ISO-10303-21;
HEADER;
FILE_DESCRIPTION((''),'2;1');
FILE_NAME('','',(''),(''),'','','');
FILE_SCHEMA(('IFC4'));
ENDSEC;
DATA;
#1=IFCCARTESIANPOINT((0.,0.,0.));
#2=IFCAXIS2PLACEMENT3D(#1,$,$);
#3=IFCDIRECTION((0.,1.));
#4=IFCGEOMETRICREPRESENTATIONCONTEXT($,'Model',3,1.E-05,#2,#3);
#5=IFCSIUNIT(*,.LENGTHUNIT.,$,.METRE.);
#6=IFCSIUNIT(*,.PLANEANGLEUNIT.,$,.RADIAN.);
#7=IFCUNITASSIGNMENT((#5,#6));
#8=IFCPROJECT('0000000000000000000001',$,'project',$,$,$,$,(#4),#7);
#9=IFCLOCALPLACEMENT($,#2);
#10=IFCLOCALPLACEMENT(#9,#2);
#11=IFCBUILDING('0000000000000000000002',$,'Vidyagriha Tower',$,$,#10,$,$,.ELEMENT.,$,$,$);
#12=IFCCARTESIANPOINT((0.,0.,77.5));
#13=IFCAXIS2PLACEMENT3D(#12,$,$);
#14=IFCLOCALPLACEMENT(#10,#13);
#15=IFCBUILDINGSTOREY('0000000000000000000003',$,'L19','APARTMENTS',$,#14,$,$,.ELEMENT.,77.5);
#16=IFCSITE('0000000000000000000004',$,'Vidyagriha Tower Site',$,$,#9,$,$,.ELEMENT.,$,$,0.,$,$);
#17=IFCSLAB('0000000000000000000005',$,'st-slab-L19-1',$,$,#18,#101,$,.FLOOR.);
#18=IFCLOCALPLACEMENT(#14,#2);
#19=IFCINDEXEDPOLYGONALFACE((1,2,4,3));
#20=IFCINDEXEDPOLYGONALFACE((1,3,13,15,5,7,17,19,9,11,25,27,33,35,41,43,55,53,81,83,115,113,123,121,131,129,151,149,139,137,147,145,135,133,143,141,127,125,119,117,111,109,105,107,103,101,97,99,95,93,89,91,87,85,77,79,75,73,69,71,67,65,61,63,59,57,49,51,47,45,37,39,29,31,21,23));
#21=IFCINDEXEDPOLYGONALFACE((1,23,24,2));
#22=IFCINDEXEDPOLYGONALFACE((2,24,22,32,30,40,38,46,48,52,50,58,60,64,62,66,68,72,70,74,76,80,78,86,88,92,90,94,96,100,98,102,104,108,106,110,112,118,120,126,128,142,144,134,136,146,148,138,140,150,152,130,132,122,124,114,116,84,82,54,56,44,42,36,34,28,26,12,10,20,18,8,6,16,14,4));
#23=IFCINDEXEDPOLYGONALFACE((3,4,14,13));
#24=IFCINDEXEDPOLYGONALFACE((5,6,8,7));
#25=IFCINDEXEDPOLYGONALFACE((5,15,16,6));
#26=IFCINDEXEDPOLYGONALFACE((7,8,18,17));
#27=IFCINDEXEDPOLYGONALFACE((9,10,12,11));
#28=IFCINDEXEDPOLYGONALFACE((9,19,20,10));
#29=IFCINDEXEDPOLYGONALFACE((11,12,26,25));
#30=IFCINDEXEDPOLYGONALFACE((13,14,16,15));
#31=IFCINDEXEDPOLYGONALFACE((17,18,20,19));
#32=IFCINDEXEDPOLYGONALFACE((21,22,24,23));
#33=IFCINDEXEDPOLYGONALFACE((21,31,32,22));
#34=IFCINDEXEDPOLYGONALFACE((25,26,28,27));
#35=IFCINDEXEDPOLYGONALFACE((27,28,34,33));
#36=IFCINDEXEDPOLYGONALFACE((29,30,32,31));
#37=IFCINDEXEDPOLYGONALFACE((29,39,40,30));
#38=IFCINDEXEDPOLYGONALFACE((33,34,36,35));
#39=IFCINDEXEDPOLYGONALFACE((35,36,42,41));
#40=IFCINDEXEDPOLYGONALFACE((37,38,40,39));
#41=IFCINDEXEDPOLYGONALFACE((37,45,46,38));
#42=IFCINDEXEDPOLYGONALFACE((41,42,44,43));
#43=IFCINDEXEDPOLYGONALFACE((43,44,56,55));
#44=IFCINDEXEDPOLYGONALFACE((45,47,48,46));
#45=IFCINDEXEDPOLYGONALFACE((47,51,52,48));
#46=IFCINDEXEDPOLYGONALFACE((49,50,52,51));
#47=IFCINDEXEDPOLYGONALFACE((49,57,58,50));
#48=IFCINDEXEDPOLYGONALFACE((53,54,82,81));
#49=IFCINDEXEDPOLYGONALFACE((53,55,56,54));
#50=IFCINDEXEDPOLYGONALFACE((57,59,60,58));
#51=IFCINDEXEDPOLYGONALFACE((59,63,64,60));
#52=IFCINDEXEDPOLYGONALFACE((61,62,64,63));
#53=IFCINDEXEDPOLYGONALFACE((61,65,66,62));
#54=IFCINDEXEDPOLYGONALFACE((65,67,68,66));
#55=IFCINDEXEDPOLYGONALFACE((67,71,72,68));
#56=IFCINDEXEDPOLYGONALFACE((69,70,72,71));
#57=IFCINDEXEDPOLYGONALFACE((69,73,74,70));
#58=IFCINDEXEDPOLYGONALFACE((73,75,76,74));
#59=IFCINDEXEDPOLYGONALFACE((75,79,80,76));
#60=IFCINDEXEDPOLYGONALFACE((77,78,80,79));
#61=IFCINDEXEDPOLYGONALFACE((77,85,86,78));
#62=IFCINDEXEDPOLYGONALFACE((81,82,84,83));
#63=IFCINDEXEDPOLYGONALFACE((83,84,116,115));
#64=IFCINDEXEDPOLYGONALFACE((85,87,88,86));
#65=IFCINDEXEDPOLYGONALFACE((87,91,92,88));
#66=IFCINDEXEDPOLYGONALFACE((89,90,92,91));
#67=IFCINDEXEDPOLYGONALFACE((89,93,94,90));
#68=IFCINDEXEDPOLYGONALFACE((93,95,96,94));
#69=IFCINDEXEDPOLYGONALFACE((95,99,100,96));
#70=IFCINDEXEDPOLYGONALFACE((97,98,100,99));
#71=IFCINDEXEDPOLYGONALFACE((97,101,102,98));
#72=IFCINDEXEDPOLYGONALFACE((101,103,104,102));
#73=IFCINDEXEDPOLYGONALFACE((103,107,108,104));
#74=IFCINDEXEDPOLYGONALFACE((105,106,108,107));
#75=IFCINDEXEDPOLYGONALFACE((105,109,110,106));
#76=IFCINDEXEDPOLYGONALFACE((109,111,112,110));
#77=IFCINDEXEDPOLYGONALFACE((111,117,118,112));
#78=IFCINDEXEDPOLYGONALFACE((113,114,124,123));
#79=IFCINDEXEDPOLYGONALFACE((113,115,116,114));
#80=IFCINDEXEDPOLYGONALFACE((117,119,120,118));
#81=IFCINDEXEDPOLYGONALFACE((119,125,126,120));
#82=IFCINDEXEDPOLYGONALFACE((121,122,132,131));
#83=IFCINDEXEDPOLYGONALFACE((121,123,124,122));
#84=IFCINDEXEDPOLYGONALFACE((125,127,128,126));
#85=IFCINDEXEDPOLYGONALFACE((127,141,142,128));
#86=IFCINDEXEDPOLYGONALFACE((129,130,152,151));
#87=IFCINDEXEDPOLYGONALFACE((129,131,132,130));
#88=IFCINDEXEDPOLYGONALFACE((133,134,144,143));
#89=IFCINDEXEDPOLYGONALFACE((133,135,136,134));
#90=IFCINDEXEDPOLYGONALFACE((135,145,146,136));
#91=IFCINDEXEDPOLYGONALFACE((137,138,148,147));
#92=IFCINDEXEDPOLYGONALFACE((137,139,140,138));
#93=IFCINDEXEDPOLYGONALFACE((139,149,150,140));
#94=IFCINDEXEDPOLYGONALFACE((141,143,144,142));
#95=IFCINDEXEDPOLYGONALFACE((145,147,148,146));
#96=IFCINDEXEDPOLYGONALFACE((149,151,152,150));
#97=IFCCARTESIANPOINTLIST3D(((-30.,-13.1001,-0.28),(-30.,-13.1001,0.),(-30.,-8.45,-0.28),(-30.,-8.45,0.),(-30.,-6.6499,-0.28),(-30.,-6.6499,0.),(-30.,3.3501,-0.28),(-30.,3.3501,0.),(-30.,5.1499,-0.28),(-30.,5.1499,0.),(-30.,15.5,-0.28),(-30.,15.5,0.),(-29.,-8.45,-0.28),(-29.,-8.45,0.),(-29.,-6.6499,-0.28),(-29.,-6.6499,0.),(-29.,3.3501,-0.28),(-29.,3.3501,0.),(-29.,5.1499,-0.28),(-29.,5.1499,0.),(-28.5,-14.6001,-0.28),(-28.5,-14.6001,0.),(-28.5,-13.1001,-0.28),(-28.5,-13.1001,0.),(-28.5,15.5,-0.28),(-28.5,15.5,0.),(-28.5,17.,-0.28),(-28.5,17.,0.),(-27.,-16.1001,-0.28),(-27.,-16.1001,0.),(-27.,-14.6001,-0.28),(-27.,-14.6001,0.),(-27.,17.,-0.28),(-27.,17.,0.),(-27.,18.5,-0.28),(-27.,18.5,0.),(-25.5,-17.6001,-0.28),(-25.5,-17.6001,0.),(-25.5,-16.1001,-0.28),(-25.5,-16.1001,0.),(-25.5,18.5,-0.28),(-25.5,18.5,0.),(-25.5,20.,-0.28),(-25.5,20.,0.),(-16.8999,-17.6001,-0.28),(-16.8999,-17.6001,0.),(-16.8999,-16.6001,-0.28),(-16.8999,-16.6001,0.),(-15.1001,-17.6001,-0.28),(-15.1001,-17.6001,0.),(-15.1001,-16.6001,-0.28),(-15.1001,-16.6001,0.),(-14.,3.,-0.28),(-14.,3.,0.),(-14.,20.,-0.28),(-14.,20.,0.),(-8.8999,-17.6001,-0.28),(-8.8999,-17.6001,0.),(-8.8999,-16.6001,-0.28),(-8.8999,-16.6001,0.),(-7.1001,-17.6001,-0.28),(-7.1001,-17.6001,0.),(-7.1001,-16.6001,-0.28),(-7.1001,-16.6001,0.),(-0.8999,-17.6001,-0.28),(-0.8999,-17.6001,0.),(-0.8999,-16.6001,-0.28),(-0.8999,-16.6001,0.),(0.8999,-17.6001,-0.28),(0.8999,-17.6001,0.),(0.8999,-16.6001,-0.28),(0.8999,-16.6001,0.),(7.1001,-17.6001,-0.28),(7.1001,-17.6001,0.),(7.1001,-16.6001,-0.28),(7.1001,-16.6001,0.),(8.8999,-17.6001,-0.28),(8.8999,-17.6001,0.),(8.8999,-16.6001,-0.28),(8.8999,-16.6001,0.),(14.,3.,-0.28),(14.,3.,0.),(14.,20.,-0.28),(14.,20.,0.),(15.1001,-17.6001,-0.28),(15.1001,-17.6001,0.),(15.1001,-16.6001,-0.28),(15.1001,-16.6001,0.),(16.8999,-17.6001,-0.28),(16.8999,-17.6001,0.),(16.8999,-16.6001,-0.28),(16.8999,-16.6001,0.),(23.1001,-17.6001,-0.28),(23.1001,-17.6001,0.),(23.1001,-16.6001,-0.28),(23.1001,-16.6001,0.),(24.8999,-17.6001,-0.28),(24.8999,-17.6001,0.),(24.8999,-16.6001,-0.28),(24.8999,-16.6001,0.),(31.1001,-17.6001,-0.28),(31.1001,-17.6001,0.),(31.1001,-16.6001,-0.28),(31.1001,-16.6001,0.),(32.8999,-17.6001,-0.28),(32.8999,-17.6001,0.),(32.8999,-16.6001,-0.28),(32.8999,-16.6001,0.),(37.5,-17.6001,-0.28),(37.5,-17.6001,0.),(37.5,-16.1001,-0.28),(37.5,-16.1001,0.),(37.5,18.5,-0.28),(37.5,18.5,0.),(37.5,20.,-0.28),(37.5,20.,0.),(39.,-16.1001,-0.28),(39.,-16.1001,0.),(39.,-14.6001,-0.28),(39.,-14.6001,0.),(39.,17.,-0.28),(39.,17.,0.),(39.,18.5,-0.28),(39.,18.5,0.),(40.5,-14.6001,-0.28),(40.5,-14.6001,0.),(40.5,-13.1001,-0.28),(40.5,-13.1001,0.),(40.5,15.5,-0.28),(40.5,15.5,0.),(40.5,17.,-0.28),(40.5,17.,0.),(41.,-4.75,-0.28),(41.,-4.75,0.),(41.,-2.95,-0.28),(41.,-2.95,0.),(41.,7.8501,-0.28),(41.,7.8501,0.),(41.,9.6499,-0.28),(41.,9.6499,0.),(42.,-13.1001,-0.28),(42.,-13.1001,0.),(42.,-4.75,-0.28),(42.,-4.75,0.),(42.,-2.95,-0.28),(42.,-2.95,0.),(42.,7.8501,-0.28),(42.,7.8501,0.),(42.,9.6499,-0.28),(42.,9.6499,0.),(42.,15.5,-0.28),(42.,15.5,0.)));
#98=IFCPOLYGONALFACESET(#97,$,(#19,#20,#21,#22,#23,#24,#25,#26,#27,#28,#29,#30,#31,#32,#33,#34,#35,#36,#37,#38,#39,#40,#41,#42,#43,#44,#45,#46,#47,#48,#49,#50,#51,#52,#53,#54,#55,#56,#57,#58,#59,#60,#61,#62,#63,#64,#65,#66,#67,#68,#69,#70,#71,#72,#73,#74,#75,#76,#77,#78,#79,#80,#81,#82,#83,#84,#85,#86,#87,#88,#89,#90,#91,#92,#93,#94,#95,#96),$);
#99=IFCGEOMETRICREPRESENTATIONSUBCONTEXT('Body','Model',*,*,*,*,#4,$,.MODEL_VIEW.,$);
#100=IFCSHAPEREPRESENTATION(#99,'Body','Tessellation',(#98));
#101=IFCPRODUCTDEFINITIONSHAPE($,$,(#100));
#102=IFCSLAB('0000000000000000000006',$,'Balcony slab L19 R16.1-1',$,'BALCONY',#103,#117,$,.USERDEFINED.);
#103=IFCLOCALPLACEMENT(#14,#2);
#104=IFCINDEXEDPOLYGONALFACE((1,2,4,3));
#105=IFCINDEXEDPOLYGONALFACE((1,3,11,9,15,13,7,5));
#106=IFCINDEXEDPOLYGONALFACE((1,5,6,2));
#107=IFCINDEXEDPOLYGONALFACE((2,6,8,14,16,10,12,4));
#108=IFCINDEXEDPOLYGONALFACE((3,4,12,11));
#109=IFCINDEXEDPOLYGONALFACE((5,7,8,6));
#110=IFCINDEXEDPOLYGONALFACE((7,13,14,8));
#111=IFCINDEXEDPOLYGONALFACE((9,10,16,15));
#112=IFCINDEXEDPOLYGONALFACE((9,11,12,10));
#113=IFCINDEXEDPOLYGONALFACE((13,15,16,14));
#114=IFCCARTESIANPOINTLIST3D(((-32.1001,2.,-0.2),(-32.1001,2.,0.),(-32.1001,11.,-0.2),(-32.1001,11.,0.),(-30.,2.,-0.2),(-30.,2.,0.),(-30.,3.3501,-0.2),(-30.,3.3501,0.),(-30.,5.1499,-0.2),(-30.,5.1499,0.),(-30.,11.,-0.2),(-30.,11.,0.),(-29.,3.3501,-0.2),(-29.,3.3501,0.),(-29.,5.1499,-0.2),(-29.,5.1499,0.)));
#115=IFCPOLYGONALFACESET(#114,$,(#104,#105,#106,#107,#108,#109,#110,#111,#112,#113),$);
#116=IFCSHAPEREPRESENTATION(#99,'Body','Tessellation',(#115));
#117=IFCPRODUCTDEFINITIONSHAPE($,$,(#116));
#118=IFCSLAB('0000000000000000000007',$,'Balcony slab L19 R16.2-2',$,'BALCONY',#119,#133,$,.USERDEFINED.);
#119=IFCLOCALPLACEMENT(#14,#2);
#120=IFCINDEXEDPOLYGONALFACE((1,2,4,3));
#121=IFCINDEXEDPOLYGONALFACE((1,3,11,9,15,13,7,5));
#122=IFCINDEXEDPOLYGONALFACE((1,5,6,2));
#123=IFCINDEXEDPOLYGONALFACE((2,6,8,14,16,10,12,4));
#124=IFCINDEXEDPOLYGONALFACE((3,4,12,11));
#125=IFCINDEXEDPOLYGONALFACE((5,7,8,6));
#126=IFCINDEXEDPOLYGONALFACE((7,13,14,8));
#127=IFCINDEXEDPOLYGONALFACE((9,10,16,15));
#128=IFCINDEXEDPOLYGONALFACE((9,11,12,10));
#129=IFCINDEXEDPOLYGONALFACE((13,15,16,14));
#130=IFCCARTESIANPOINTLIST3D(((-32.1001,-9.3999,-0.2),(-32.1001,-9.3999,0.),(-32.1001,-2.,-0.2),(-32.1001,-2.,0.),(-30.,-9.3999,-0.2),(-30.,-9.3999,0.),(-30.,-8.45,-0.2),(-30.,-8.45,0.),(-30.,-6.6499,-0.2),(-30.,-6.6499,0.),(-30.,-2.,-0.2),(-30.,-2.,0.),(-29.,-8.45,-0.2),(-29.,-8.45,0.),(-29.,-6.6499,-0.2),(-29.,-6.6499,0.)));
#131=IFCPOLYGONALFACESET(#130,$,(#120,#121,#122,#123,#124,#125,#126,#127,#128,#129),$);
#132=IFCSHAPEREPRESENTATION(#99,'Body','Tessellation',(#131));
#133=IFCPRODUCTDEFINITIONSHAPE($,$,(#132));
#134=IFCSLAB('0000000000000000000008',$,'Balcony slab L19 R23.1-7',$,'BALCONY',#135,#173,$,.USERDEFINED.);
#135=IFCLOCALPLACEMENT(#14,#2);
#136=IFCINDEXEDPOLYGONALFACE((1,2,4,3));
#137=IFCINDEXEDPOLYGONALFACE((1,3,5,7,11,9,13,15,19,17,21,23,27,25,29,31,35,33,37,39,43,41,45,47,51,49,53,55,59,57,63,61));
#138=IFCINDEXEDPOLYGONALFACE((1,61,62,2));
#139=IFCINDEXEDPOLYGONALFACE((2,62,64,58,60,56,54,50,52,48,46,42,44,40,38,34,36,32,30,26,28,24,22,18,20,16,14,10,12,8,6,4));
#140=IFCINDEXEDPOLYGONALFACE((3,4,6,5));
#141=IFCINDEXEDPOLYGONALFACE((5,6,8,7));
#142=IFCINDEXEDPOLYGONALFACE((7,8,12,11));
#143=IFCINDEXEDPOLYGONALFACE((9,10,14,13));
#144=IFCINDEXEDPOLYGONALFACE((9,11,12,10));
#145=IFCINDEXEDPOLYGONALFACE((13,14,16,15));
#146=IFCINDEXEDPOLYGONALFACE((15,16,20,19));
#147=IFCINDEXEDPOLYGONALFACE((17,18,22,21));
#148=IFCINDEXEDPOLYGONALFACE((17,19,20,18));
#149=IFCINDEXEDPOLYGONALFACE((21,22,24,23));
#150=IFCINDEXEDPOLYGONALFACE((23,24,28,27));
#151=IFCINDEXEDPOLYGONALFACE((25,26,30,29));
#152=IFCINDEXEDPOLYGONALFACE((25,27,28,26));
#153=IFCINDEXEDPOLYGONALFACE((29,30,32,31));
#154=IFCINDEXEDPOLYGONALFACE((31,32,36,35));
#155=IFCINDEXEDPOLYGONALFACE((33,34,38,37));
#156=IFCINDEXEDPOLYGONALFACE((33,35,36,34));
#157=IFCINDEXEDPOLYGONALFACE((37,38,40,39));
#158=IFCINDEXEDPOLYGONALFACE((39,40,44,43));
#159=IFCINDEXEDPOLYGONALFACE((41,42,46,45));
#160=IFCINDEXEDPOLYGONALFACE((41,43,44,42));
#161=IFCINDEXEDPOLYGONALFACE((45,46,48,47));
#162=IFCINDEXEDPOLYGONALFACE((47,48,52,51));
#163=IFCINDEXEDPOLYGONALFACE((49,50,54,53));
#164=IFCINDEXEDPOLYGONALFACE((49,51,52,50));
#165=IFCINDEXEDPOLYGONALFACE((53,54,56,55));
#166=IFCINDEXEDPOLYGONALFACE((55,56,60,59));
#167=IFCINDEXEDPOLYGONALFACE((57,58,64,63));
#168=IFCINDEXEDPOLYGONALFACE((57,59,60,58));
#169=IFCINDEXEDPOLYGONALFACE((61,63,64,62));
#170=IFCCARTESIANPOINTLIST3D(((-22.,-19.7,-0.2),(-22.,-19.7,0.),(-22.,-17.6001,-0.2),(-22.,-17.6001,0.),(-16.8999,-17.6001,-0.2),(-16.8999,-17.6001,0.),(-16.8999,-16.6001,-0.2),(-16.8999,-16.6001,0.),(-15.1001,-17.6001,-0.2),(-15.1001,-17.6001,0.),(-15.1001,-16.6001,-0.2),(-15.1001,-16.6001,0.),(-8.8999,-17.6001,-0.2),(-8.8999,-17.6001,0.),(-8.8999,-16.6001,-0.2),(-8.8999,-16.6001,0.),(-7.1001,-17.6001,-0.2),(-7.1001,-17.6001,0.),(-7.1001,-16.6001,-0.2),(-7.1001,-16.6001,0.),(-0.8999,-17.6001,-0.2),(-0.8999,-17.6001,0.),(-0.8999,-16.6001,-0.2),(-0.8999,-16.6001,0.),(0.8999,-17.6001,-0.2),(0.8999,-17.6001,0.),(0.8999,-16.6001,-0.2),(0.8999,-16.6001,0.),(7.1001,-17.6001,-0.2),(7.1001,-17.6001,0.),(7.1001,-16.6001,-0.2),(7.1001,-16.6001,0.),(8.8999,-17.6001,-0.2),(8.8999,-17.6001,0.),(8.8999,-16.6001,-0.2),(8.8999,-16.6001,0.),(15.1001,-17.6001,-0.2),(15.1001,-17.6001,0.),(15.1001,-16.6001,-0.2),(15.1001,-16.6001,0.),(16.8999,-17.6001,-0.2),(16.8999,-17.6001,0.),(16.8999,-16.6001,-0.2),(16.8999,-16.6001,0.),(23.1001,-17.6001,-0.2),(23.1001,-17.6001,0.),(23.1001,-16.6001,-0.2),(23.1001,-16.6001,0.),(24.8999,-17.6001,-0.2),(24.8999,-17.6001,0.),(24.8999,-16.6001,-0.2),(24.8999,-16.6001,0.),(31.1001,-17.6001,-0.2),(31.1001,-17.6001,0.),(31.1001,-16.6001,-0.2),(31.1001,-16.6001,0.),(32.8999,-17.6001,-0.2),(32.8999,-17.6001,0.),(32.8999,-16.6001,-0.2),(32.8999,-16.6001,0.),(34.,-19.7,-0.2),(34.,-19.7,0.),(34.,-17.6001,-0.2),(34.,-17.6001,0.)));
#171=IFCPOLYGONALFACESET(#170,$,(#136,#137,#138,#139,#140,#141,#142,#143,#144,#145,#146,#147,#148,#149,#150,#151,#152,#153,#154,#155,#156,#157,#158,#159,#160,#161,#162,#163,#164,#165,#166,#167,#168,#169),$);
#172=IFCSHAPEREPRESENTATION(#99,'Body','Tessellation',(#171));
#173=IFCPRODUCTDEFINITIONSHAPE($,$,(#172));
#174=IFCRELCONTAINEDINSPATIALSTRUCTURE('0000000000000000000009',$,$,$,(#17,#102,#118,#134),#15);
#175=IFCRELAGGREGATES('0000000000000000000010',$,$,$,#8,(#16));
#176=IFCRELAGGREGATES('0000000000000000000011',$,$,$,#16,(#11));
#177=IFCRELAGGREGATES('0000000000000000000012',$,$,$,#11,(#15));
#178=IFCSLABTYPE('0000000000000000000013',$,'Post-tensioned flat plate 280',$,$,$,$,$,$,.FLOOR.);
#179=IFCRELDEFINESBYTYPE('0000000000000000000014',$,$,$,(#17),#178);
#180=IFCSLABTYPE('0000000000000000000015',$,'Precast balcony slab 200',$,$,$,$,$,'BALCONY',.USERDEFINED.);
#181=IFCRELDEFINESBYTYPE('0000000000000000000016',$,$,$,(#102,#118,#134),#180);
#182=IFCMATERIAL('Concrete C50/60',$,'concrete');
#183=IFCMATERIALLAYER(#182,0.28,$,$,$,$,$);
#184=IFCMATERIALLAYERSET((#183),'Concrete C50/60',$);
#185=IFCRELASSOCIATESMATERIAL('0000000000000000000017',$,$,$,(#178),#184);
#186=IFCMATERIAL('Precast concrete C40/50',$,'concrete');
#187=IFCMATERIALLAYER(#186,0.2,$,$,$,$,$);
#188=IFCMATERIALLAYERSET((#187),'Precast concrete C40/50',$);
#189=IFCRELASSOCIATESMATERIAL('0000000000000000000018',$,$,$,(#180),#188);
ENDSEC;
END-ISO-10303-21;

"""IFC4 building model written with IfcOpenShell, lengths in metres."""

from ifc_helpers import new_model, si_unit, direction, frame, origin, place, context, subcontext, project, spatial, polyline, outline, extrude, material, layer, layer_set, type_object, element, save


model = new_model("IFC4")

# Units and contexts
model_context = context("Model", 3, precision=1e-05, world=origin(), true_north=direction((0.0, 1.0)))
body_context = subcontext(model_context, "Body", "Model", "MODEL_VIEW")
ifc_project = project(units=[si_unit("LENGTHUNIT", "METRE"), si_unit("PLANEANGLEUNIT", "RADIAN")], contexts=[model_context])

# Site, building, storey
site_placement = place(None, origin())
site = spatial("IfcSite", under=ifc_project, at=site_placement, Name="Vidyagriha Tower Site", CompositionType="ELEMENT", RefElevation=0.0)
building_placement = place(site_placement, origin())
building = spatial("IfcBuilding", under=site, at=building_placement, Name="Vidyagriha Tower", CompositionType="ELEMENT")
storey_placement = place(building_placement, frame((0.0, 0.0, 77.5)))
storey = spatial("IfcBuildingStorey", under=building, at=storey_placement, Name="L19", Description="APARTMENTS", CompositionType="ELEMENT", Elevation=77.5)

# Slabs
ifc_material_1 = material(Name="Concrete C50/60", Category="concrete")
ifc_layer_1 = layer(ifc_material_1, 0.28)
ifc_layer_set_1 = layer_set([ifc_layer_1], Name="Concrete C50/60")
slab_type_1 = type_object("IfcSlabType", Name="Post-tensioned flat plate 280", PredefinedType="FLOOR", material=ifc_layer_set_1)
slab_1_placement = place(storey_placement, frame((0.0, 0.0, -0.28)))
element("IfcSlab", 1, at=slab_1_placement, inside=storey, type_object=slab_type_1, Name="st-slab-L19-1", PredefinedType="FLOOR", context=body_context, shape_type="SweptSolid", body=[
    extrude(outline(polyline([(40.5, -14.6001), (39.0, -14.6001), (39.0, -16.1001), (37.5, -16.1001), (37.5, -17.6001), (32.8999, -17.6001), (32.8999, -16.6001), (31.1001, -16.6001), (31.1001, -17.6001), (24.8999, -17.6001), (24.8999, -16.6001), (23.1001, -16.6001), (23.1001, -17.6001), (16.8999, -17.6001), (16.8999, -16.6001), (15.1001, -16.6001), (15.1001, -17.6001), (8.8999, -17.6001), (8.8999, -16.6001), (7.1001, -16.6001), (7.1001, -17.6001), (0.8999, -17.6001), (0.8999, -16.6001), (-0.8999, -16.6001), (-0.8999, -17.6001), (-7.1001, -17.6001), (-7.1001, -16.6001), (-8.8999, -16.6001), (-8.8999, -17.6001), (-15.1001, -17.6001), (-15.1001, -16.6001), (-16.8999, -16.6001), (-16.8999, -17.6001), (-25.5, -17.6001), (-25.5, -16.1001), (-27.0, -16.1001), (-27.0, -14.6001), (-28.5, -14.6001), (-28.5, -13.1001), (-30.0, -13.1001), (-30.0, -8.45), (-29.0, -8.45), (-29.0, -6.6499), (-30.0, -6.6499), (-30.0, 3.3501), (-29.0, 3.3501), (-29.0, 5.1499), (-30.0, 5.1499), (-30.0, 15.5), (-28.5, 15.5), (-28.5, 17.0), (-27.0, 17.0), (-27.0, 18.5), (-25.5, 18.5), (-25.5, 20.0), (-14.0, 20.0), (-14.0, 3.0), (14.0, 3.0), (14.0, 20.0), (37.5, 20.0), (37.5, 18.5), (39.0, 18.5), (39.0, 17.0), (40.5, 17.0), (40.5, 15.5), (42.0, 15.5), (42.0, 9.6499), (41.0, 9.6499), (41.0, 7.8501), (42.0, 7.8501), (42.0, -2.95), (41.0, -2.95), (41.0, -4.75), (42.0, -4.75), (42.0, -13.1001), (40.5, -13.1001), (40.5, -14.6001)])), origin(), (0.0, 0.0, 1.0), 0.28),
])
ifc_material_2 = material(Name="Precast concrete C40/50", Category="concrete")
ifc_layer_2 = layer(ifc_material_2, 0.2)
ifc_layer_set_2 = layer_set([ifc_layer_2], Name="Precast concrete C40/50")
slab_type_2 = type_object("IfcSlabType", Name="Precast balcony slab 200", ElementType="BALCONY", PredefinedType="USERDEFINED", material=ifc_layer_set_2)
slab_2_placement = place(storey_placement, frame((0.0, 0.0, -0.2)))
element("IfcSlab", 2, at=slab_2_placement, inside=storey, type_object=slab_type_2, Name="Balcony slab L19 R16.1-1", ObjectType="BALCONY", PredefinedType="USERDEFINED", context=body_context, shape_type="SweptSolid", body=[
    extrude(outline(polyline([(-29.0, 3.3501), (-29.0, 5.1499), (-30.0, 5.1499), (-30.0, 11.0), (-32.1001, 11.0), (-32.1001, 2.0), (-30.0, 2.0), (-30.0, 3.3501), (-29.0, 3.3501)])), origin(), (0.0, 0.0, 1.0), 0.2),
])
slab_3_placement = place(storey_placement, frame((0.0, 0.0, -0.2)))
element("IfcSlab", 3, at=slab_3_placement, inside=storey, type_object=slab_type_2, Name="Balcony slab L19 R16.2-2", ObjectType="BALCONY", PredefinedType="USERDEFINED", context=body_context, shape_type="SweptSolid", body=[
    extrude(outline(polyline([(-29.0, -8.45), (-29.0, -6.6499), (-30.0, -6.6499), (-30.0, -2.0), (-32.1001, -2.0), (-32.1001, -9.3999), (-30.0, -9.3999), (-30.0, -8.45), (-29.0, -8.45)])), origin(), (0.0, 0.0, 1.0), 0.2),
])
slab_4_placement = place(storey_placement, frame((0.0, 0.0, -0.2)))
element("IfcSlab", 4, at=slab_4_placement, inside=storey, type_object=slab_type_2, Name="Balcony slab L19 R23.1-7", ObjectType="BALCONY", PredefinedType="USERDEFINED", context=body_context, shape_type="SweptSolid", body=[
    extrude(outline(polyline([(-15.1001, -16.6001), (-16.8999, -16.6001), (-16.8999, -17.6001), (-22.0, -17.6001), (-22.0, -19.7), (34.0, -19.7), (34.0, -17.6001), (32.8999, -17.6001), (32.8999, -16.6001), (31.1001, -16.6001), (31.1001, -17.6001), (24.8999, -17.6001), (24.8999, -16.6001), (23.1001, -16.6001), (23.1001, -17.6001), (16.8999, -17.6001), (16.8999, -16.6001), (15.1001, -16.6001), (15.1001, -17.6001), (8.8999, -17.6001), (8.8999, -16.6001), (7.1001, -16.6001), (7.1001, -17.6001), (0.8999, -17.6001), (0.8999, -16.6001), (-0.8999, -16.6001), (-0.8999, -17.6001), (-7.1001, -17.6001), (-7.1001, -16.6001), (-8.8999, -16.6001), (-8.8999, -17.6001), (-15.1001, -17.6001), (-15.1001, -16.6001)])), origin(), (0.0, 0.0, 1.0), 0.2),
])

save(model, "model.ifc")
